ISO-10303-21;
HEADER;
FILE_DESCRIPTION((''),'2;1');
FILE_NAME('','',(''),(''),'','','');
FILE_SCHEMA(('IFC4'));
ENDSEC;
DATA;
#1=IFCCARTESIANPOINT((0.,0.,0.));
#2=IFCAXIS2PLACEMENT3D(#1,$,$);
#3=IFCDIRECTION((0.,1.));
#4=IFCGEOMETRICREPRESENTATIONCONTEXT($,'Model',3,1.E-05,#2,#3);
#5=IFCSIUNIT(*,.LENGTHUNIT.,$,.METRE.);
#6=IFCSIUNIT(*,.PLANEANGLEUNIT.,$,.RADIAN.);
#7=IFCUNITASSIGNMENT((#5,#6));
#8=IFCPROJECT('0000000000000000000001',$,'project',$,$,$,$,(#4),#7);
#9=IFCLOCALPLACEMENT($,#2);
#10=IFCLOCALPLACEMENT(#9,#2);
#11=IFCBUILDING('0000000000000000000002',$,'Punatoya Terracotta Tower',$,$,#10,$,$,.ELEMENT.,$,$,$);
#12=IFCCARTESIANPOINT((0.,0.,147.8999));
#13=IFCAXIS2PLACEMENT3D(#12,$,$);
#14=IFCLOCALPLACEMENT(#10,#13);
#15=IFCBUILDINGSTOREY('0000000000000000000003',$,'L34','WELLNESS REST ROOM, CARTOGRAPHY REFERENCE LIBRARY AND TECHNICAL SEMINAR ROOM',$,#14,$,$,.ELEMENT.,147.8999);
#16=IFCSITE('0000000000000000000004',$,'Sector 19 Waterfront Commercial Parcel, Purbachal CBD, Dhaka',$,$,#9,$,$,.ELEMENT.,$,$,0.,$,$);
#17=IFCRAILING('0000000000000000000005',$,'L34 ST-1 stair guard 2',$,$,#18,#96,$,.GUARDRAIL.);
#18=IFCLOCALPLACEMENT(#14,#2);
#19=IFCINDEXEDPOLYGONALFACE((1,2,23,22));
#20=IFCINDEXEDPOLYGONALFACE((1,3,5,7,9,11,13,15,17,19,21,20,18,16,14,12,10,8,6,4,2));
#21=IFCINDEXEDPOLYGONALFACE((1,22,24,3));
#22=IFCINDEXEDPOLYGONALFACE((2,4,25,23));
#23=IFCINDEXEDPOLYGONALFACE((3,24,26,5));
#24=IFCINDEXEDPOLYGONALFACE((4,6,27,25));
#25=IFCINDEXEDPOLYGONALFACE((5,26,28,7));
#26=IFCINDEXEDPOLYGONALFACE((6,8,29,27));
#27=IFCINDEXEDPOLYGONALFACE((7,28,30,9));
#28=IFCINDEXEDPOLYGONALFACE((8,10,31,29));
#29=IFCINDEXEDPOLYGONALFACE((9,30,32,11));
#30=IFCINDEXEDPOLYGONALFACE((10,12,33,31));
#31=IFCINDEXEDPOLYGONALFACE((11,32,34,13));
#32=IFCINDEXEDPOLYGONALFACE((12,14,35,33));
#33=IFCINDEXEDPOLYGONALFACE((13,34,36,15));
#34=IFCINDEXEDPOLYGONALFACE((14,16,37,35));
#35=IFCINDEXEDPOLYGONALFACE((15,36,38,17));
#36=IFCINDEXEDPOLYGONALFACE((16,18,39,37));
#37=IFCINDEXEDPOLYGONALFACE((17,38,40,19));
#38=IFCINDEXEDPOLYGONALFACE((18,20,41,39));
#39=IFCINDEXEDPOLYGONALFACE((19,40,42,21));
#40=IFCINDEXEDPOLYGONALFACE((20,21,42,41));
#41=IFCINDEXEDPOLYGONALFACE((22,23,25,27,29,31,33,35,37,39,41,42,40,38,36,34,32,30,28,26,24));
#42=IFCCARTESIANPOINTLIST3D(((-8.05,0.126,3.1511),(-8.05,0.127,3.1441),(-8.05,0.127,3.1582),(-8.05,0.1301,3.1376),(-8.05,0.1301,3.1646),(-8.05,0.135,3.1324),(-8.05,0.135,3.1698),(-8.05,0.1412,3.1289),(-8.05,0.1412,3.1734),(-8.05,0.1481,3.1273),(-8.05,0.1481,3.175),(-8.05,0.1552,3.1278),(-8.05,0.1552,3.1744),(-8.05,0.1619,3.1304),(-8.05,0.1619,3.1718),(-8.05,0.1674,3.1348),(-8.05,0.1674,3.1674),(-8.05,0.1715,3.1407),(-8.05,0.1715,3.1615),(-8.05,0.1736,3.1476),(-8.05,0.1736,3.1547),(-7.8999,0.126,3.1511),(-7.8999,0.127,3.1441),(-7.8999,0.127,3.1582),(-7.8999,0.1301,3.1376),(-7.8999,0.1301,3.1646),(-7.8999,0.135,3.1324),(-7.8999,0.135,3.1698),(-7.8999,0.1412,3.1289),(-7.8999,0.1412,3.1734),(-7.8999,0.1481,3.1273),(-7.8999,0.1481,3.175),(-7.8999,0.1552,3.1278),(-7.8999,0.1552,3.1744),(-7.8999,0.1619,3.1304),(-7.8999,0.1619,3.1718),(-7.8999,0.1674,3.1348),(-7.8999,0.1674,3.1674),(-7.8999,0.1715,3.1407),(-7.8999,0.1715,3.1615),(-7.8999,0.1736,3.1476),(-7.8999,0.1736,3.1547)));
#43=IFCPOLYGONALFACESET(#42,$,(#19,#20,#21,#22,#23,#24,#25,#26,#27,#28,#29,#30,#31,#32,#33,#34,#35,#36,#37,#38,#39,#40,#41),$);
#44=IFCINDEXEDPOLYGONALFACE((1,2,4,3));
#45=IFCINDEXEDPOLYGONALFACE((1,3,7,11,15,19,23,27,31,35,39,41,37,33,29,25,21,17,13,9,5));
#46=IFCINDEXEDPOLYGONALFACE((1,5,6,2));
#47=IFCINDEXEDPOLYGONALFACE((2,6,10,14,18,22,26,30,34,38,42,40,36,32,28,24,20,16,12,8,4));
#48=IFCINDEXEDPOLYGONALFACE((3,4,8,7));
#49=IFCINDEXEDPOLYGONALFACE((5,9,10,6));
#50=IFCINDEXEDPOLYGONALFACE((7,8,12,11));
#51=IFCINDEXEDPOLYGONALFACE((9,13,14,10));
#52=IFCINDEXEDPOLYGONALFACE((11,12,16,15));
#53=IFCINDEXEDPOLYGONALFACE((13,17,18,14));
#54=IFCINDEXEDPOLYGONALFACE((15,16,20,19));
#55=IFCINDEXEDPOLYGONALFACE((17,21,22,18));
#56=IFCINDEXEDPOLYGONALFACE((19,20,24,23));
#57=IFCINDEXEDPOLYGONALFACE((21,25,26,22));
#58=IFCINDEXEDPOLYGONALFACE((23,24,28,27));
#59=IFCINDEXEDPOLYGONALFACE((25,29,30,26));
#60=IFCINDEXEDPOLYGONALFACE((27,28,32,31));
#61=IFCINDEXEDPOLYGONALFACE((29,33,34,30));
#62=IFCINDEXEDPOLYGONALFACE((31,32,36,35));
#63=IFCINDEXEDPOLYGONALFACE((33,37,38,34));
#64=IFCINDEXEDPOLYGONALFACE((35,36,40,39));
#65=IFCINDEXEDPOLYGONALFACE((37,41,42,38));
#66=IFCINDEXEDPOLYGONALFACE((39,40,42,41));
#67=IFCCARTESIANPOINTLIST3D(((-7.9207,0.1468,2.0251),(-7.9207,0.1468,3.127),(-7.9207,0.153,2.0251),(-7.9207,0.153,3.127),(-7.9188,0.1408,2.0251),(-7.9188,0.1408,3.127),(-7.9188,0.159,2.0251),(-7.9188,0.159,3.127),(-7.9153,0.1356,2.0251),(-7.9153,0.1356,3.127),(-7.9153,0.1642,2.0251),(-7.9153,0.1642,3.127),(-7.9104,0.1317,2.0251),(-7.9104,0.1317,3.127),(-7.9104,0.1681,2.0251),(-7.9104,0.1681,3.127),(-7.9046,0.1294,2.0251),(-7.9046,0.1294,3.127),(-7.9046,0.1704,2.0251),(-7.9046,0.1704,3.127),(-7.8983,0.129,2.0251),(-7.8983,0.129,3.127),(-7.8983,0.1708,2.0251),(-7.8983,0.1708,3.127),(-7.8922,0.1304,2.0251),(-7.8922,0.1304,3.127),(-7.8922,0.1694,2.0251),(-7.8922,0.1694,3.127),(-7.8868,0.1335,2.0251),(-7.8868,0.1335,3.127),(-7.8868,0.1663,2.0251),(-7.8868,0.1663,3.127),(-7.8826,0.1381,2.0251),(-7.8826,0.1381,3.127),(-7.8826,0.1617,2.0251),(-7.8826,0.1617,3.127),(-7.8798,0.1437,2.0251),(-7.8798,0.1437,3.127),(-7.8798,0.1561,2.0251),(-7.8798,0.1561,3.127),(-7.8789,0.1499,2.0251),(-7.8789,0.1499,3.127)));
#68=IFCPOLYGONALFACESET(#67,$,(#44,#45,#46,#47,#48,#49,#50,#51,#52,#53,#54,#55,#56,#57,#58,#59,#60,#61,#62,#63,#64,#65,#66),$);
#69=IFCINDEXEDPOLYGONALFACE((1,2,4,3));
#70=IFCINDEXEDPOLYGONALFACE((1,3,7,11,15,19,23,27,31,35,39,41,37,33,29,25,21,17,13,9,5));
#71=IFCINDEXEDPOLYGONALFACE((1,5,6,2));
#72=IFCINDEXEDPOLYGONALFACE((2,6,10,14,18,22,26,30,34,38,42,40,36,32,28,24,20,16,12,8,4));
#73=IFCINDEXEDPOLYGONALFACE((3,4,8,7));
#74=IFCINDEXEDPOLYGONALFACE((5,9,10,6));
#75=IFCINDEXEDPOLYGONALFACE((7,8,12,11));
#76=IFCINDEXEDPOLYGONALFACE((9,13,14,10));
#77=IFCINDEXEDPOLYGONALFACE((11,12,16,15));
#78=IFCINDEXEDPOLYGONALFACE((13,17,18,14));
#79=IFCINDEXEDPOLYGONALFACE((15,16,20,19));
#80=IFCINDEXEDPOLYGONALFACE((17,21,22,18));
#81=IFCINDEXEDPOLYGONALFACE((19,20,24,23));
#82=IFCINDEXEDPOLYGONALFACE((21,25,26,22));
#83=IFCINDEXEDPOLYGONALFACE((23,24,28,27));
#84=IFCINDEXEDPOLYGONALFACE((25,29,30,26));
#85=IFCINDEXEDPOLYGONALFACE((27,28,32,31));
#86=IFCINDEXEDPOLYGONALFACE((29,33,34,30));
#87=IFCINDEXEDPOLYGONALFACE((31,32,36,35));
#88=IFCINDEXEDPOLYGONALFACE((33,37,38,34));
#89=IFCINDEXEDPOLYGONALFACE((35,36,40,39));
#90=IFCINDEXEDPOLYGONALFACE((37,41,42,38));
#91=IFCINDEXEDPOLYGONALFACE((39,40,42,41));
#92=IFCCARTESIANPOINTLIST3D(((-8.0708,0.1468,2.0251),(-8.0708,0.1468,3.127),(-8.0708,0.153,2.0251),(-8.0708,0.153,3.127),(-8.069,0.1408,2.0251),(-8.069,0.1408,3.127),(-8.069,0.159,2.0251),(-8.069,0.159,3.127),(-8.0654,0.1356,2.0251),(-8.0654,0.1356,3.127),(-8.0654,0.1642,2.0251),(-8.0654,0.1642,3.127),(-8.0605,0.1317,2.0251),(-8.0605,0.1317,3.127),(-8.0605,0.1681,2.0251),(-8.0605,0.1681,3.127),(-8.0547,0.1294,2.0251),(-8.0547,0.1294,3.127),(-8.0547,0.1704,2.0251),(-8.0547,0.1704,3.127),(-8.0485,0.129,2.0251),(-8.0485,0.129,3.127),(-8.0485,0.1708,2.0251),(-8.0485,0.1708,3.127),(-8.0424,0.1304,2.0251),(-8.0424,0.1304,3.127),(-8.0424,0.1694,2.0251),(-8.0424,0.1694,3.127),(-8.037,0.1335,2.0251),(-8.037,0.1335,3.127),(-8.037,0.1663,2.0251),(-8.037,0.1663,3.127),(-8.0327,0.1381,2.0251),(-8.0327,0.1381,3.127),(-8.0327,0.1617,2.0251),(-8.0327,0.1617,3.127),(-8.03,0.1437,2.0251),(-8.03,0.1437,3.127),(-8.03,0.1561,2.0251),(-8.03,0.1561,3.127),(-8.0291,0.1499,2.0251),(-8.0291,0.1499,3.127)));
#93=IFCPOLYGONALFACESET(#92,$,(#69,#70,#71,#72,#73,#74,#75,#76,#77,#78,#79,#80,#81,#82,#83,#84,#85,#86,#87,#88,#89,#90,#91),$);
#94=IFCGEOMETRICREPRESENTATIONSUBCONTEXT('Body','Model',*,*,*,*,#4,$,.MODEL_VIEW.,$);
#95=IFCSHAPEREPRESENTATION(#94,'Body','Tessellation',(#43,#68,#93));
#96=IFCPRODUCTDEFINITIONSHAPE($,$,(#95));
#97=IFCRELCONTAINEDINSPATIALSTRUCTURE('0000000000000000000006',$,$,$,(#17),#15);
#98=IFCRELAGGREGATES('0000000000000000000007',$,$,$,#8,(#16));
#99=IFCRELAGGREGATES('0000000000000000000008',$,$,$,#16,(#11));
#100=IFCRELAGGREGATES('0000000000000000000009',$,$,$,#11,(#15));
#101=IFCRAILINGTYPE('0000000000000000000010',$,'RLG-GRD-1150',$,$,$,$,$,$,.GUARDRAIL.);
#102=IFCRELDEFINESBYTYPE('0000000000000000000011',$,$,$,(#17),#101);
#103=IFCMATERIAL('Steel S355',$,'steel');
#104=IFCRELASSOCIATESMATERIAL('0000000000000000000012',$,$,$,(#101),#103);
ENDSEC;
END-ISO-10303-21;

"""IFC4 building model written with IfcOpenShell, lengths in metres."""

from ifc_helpers import new_model, si_unit, direction, frame, origin, origin_2d, place, context, subcontext, project, spatial, circle, extrude, material, type_object, element, save


model = new_model("IFC4")

# Units and contexts
model_context = context("Model", 3, precision=1e-05, world=origin(), true_north=direction((0.0, 1.0)))
body_context = subcontext(model_context, "Body", "Model", "MODEL_VIEW")
ifc_project = project(units=[si_unit("LENGTHUNIT", "METRE"), si_unit("PLANEANGLEUNIT", "RADIAN")], contexts=[model_context])

# Site, building, storey
site_placement = place(None, origin())
site = spatial("IfcSite", under=ifc_project, at=site_placement, Name="Sector 19 Waterfront Commercial Parcel, Purbachal CBD, Dhaka", CompositionType="ELEMENT", RefElevation=0.0)
building_placement = place(site_placement, origin())
building = spatial("IfcBuilding", under=site, at=building_placement, Name="Punatoya Terracotta Tower", CompositionType="ELEMENT")
storey_placement = place(building_placement, frame((0.0, 0.0, 147.8999)))
storey = spatial("IfcBuildingStorey", under=building, at=storey_placement, Name="L34", Description="WELLNESS REST ROOM, CARTOGRAPHY REFERENCE LIBRARY AND TECHNICAL SEMINAR ROOM", CompositionType="ELEMENT", Elevation=147.8999)

# Shared definitions
ifc_material_1 = material(Name="Steel S355", Category="steel")

# Railing
railing_type = type_object("IfcRailingType", Name="RLG-GRD-1150", PredefinedType="GUARDRAIL", material=ifc_material_1)
railing_1_placement = place(storey_placement, frame((-7.8999, 0.1499, 2.0251)))
element("IfcRailing", 1, at=railing_1_placement, inside=storey, type_object=railing_type, Name="L34 ST-1 stair guard 2", PredefinedType="GUARDRAIL", context=body_context, shape_type="SweptSolid", body=[
    extrude(circle(Radius=0.0239, at=origin_2d()), frame((0.0, 0.0, 1.126), z_axis=(-1.0, 0.0, 0.0), x_axis=(0.0, -1.0, 0.0)), (0.0, 0.0, 1.0), 0.1501),
    extrude(circle(Radius=0.021, at=origin_2d()), origin(), (0.0, 0.0, 1.0), 1.1018),
    extrude(circle(Radius=0.021, at=origin_2d()), frame((-0.1501, 0.0, 0.0)), (0.0, 0.0, 1.0), 1.1018),
])

save(model, "model.ifc")
